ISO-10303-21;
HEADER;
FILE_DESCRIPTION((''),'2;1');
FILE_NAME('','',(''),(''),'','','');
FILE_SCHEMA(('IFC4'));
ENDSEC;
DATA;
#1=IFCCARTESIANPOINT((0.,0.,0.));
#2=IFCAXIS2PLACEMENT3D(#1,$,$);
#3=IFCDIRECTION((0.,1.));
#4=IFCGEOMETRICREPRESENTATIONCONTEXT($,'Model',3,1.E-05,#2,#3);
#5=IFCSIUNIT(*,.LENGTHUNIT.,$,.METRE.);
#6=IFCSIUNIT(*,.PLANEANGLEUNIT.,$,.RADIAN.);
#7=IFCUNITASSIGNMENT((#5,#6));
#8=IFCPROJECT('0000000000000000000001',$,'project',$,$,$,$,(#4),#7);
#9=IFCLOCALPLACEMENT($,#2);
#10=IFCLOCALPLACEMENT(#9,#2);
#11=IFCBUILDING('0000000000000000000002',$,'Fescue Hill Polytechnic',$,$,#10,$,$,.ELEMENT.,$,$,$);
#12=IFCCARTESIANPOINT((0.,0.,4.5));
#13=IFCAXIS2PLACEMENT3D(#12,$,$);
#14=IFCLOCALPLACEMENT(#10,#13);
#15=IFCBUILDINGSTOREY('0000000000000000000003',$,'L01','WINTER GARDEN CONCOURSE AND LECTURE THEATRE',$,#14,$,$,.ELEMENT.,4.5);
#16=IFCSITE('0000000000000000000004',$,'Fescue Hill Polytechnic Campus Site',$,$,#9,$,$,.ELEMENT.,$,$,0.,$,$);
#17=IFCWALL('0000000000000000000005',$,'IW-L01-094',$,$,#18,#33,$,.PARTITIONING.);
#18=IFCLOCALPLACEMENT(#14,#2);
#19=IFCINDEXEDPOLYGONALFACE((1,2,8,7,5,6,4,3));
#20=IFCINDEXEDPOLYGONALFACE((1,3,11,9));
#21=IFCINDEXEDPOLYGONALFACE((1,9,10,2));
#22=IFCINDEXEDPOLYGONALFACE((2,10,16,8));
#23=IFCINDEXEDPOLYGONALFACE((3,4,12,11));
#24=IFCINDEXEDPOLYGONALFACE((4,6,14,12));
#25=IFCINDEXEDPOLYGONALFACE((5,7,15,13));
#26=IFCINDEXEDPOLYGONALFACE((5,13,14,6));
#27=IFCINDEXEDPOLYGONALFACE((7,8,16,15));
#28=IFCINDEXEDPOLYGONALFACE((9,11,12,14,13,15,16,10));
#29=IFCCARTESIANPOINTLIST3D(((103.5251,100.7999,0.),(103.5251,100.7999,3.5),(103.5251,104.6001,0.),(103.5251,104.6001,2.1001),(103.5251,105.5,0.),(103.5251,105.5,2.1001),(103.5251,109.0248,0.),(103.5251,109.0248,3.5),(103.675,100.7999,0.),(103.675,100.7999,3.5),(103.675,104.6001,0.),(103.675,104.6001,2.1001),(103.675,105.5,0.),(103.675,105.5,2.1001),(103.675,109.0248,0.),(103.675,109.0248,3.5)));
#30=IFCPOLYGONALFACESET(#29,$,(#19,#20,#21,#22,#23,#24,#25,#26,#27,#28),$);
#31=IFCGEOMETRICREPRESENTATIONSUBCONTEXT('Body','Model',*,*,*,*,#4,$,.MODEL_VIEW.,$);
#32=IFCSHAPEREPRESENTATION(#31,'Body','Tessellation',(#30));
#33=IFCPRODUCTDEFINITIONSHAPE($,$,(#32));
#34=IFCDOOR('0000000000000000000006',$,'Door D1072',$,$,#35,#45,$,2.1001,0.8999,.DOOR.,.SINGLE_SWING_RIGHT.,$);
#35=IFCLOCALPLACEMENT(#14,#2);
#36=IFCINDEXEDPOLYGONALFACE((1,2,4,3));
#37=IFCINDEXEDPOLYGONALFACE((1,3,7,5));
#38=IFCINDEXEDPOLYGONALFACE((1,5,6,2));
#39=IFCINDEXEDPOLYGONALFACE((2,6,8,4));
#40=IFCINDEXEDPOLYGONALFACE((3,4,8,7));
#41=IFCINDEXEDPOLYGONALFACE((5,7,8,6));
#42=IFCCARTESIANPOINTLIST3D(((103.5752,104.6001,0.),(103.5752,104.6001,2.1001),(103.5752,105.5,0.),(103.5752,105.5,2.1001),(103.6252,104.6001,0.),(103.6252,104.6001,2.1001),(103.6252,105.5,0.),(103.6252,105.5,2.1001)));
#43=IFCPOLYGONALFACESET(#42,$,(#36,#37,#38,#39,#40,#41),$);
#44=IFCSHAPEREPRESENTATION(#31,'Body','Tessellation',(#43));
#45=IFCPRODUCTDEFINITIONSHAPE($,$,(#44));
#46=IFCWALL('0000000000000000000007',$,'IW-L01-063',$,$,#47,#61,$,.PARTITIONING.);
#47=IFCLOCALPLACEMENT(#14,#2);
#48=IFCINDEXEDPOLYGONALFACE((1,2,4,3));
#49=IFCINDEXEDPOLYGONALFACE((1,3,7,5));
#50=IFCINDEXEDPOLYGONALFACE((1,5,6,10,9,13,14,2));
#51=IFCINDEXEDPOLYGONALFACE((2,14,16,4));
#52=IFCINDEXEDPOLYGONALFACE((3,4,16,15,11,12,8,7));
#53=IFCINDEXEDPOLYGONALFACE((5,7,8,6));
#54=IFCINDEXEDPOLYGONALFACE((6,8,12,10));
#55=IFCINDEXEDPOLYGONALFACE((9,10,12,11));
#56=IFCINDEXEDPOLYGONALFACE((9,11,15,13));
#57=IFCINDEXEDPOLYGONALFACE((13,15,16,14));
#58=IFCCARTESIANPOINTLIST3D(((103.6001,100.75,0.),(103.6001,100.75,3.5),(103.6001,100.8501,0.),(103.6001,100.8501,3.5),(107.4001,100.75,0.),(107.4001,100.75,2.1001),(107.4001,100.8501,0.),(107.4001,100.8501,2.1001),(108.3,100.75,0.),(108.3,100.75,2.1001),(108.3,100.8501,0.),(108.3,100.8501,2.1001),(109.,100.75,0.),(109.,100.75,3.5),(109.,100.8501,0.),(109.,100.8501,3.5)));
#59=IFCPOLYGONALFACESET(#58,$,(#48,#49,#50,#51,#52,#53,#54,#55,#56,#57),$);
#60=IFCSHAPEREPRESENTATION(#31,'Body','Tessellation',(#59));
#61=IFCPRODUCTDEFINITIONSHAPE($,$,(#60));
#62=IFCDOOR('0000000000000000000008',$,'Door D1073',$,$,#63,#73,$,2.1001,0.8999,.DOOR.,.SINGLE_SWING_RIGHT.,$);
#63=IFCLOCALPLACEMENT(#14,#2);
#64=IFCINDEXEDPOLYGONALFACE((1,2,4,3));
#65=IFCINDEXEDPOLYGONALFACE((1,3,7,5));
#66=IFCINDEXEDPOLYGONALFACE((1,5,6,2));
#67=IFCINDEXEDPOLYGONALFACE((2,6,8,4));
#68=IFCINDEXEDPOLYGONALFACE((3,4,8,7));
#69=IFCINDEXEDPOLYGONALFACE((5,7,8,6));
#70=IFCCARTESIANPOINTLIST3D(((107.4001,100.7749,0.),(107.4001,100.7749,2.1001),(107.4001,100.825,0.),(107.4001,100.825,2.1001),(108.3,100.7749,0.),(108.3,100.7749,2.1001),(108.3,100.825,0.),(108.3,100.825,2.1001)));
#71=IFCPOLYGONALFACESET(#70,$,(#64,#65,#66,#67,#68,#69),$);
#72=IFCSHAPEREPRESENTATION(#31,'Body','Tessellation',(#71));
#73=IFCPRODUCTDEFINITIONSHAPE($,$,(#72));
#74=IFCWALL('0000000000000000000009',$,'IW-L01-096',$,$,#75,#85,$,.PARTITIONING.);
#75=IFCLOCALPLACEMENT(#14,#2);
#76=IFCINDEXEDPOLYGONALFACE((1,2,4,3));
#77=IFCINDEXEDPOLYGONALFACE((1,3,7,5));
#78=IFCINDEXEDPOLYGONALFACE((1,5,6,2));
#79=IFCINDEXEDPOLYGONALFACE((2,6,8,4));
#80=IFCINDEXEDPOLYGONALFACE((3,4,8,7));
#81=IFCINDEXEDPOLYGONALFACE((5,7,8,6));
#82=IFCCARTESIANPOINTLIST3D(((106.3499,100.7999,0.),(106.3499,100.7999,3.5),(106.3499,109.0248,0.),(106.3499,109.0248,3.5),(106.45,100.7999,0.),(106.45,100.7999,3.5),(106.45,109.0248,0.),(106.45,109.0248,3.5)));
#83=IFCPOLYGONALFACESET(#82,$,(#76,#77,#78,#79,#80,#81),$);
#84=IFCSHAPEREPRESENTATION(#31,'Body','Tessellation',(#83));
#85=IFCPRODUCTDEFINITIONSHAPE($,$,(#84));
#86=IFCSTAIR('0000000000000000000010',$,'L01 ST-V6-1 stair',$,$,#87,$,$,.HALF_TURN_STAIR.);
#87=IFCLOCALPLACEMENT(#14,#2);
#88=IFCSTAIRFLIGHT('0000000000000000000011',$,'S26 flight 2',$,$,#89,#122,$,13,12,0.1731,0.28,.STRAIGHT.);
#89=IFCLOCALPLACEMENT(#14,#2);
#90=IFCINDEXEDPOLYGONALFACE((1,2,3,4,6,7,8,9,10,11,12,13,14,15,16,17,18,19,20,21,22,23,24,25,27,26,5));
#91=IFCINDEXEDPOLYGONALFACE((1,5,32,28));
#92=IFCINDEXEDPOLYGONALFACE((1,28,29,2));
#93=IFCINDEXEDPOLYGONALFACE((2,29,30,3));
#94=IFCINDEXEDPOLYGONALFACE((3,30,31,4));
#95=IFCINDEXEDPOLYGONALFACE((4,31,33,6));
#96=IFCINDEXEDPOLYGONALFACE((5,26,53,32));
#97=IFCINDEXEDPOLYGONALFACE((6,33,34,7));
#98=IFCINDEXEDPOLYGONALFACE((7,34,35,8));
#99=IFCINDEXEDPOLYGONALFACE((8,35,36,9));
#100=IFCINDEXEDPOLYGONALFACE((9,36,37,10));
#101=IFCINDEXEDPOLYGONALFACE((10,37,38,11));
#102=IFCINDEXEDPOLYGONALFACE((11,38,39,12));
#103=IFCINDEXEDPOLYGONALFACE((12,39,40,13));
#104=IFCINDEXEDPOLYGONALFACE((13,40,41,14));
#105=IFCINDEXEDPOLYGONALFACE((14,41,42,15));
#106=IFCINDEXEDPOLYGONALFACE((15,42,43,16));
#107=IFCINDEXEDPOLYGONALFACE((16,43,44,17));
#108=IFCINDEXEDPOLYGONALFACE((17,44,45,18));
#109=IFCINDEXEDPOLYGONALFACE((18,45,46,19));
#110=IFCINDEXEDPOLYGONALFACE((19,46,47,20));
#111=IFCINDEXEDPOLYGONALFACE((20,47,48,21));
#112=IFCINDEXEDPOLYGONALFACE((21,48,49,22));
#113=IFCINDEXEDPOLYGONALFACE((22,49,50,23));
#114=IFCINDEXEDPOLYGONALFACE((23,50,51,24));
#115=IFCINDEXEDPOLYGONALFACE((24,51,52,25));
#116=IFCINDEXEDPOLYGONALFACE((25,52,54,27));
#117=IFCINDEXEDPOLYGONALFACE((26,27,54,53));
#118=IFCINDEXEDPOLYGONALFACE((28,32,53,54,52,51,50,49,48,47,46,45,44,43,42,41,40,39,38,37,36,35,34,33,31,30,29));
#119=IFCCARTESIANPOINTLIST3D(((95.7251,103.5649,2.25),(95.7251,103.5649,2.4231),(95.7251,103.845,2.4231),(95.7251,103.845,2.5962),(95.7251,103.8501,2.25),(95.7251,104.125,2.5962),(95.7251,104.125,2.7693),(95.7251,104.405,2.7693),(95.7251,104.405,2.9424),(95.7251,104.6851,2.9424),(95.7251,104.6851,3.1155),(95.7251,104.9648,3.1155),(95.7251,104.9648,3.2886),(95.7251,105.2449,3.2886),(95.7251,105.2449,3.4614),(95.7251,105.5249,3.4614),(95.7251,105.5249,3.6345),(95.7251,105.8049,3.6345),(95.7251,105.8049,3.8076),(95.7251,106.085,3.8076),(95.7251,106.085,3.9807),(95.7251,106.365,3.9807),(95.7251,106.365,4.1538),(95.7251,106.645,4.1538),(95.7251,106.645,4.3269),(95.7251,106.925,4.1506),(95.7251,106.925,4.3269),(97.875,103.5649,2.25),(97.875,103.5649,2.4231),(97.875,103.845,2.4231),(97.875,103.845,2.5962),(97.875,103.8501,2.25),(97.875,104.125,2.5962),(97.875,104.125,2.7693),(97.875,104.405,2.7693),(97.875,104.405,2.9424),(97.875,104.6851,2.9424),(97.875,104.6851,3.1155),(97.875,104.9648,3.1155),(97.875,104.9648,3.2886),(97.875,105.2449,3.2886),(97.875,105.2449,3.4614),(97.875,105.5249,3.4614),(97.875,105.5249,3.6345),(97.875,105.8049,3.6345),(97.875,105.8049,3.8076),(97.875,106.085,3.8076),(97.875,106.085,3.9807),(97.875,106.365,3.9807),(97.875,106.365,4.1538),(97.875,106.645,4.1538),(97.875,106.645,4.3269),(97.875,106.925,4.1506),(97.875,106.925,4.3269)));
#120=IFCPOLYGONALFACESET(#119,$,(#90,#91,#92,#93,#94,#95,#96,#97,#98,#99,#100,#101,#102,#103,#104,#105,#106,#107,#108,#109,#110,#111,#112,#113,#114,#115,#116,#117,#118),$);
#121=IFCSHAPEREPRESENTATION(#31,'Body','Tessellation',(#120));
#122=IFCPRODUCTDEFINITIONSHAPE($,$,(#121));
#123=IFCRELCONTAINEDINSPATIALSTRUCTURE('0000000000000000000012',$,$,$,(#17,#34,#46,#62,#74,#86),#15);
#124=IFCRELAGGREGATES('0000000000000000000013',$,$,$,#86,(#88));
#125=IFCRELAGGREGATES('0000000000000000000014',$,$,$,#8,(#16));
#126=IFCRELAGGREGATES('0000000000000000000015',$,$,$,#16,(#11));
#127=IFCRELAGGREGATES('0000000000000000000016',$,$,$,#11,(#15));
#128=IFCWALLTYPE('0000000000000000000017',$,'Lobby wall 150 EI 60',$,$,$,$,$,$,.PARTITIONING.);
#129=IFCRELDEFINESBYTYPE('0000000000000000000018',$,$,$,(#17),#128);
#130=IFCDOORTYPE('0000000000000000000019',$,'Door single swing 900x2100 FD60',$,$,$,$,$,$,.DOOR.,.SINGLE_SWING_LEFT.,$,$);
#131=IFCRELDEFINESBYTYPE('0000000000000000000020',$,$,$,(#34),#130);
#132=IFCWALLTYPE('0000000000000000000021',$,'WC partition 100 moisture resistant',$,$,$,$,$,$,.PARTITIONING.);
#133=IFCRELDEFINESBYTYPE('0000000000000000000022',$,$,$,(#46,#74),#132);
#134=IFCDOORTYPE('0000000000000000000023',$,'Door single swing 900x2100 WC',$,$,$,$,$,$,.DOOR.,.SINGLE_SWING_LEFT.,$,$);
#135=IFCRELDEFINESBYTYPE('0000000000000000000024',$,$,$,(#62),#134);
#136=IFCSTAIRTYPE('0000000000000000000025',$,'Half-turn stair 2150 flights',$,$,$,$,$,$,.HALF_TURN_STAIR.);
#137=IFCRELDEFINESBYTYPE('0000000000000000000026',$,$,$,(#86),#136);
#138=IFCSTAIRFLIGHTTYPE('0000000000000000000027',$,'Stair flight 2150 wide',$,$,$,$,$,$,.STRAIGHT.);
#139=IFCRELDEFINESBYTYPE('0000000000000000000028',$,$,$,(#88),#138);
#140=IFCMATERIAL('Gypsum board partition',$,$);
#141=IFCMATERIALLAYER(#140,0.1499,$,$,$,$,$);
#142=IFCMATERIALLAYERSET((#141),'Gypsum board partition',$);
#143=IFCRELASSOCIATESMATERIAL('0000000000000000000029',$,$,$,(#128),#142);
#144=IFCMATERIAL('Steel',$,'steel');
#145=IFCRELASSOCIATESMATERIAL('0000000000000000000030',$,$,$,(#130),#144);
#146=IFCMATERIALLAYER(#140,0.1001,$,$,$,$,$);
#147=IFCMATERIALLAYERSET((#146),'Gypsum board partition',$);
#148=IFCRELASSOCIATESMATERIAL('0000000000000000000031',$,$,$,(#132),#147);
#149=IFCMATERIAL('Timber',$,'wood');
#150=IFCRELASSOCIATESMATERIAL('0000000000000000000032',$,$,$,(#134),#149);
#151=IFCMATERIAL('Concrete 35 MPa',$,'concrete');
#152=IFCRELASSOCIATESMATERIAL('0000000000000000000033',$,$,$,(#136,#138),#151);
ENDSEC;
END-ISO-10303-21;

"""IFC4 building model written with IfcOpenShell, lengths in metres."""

from ifc_helpers import new_model, si_unit, direction, frame, frame_2d, origin, place, context, subcontext, project, spatial, polyline, rectangle, outline, extrude, material, layer, layer_set, type_object, element, fill, aggregate, save


model = new_model("IFC4")

# Units and contexts
model_context = context("Model", 3, precision=1e-05, world=origin(), true_north=direction((0.0, 1.0)))
body_context = subcontext(model_context, "Body", "Model", "MODEL_VIEW")
ifc_project = project(units=[si_unit("LENGTHUNIT", "METRE"), si_unit("PLANEANGLEUNIT", "RADIAN")], contexts=[model_context])

# Site, building, storey
site_placement = place(None, origin())
site = spatial("IfcSite", under=ifc_project, at=site_placement, Name="Fescue Hill Polytechnic Campus Site", CompositionType="ELEMENT", RefElevation=0.0)
building_placement = place(site_placement, origin())
building = spatial("IfcBuilding", under=site, at=building_placement, Name="Fescue Hill Polytechnic", CompositionType="ELEMENT")
storey_placement = place(building_placement, frame((0.0, 0.0, 4.5)))
storey = spatial("IfcBuildingStorey", under=building, at=storey_placement, Name="L01", Description="WINTER GARDEN CONCOURSE AND LECTURE THEATRE", CompositionType="ELEMENT", Elevation=4.5)

# Walls, openings, doors
ifc_material_1 = material(Name="Gypsum board partition")
ifc_layer_1 = layer(ifc_material_1, 0.1499)
ifc_layer_set_1 = layer_set([ifc_layer_1], Name="Gypsum board partition")
wall_type_1 = type_object("IfcWallType", Name="Lobby wall 150 EI 60", PredefinedType="PARTITIONING", material=ifc_layer_set_1)
ifc_material_2 = material(Name="Steel", Category="steel")
wall_1_placement = place(storey_placement, frame((103.6001, 100.8, 0.0), z_axis=(0.0, 0.0, 1.0), x_axis=(0.0, 1.0, 0.0)))
wall_1 = element("IfcWall", 1, at=wall_1_placement, inside=storey, type_object=wall_type_1, Name="IW-L01-094", PredefinedType="PARTITIONING", context=body_context, shape_type="SweptSolid", body=[
    extrude(rectangle(XDim=8.2249, YDim=0.1499, at=frame_2d((4.1123, 0.0))), origin(), (0.0, 0.0, 1.0), 3.5),
])
opening_1_placement = place(wall_1_placement, frame((3.8, 0.0, 0.0)))
opening_1 = element("IfcOpeningElement", 2, at=opening_1_placement, cuts=wall_1, PredefinedType="OPENING", context=body_context, shape_type="SweptSolid", body=[
    extrude(rectangle(XDim=0.8999, YDim=2.1001, at=frame_2d((0.45, 1.05))), frame((0.0, 0.085, 0.0), z_axis=(0.0, -1.0, 0.0), x_axis=(1.0, 0.0, 0.0)), (0.0, 0.0, 1.0), 0.1699),
])
door_type_1 = type_object("IfcDoorType", Name="Door single swing 900x2100 FD60", OperationType="SINGLE_SWING_LEFT", PredefinedType="DOOR", material=ifc_material_2)
door_1_placement = place(opening_1_placement, origin())
door_1 = element("IfcDoor", 3, at=door_1_placement, inside=storey, type_object=door_type_1, Name="Door D1072", OperationType="SINGLE_SWING_RIGHT", OverallHeight=2.1001, OverallWidth=0.8999, PredefinedType="DOOR", context=body_context, shape_type="SweptSolid", body=[
    extrude(rectangle(XDim=0.8999, YDim=2.1001, at=frame_2d((0.45, 1.05))), frame((0.0, 0.0249, 0.0), z_axis=(0.0, -1.0, 0.0), x_axis=(1.0, 0.0, 0.0)), (0.0, 0.0, 1.0), 0.05),
])
fill(opening_1, door_1)
ifc_layer_2 = layer(ifc_material_1, 0.1001)
ifc_layer_set_2 = layer_set([ifc_layer_2], Name="Gypsum board partition")
wall_type_2 = type_object("IfcWallType", Name="WC partition 100 moisture resistant", PredefinedType="PARTITIONING", material=ifc_layer_set_2)
wall_2_placement = place(storey_placement, frame((103.6001, 100.8, 0.0), z_axis=(0.0, 0.0, 1.0), x_axis=(1.0, 0.0, 0.0)))
wall_2 = element("IfcWall", 4, at=wall_2_placement, inside=storey, type_object=wall_type_2, Name="IW-L01-063", PredefinedType="PARTITIONING", context=body_context, shape_type="SweptSolid", body=[
    extrude(rectangle(XDim=5.3999, YDim=0.1001, at=frame_2d((2.7, 0.0))), origin(), (0.0, 0.0, 1.0), 3.5),
])
opening_2_placement = place(wall_2_placement, frame((3.8, 0.0, 0.0)))
opening_2 = element("IfcOpeningElement", 5, at=opening_2_placement, cuts=wall_2, PredefinedType="OPENING", context=body_context, shape_type="SweptSolid", body=[
    extrude(rectangle(XDim=0.8999, YDim=2.1001, at=frame_2d((0.45, 1.05))), frame((0.0, 0.0601, 0.0), z_axis=(0.0, -1.0, 0.0), x_axis=(1.0, 0.0, 0.0)), (0.0, 0.0, 1.0), 0.1201),
])
ifc_material_3 = material(Name="Timber", Category="wood")
door_type_2 = type_object("IfcDoorType", Name="Door single swing 900x2100 WC", OperationType="SINGLE_SWING_LEFT", PredefinedType="DOOR", material=ifc_material_3)
door_2_placement = place(opening_2_placement, origin())
door_2 = element("IfcDoor", 6, at=door_2_placement, inside=storey, type_object=door_type_2, Name="Door D1073", OperationType="SINGLE_SWING_RIGHT", OverallHeight=2.1001, OverallWidth=0.8999, PredefinedType="DOOR", context=body_context, shape_type="SweptSolid", body=[
    extrude(rectangle(XDim=0.8999, YDim=2.1001, at=frame_2d((0.45, 1.05))), frame((0.0, 0.0249, 0.0), z_axis=(0.0, -1.0, 0.0), x_axis=(1.0, 0.0, 0.0)), (0.0, 0.0, 1.0), 0.05),
])
fill(opening_2, door_2)

# Wall
wall_3_placement = place(storey_placement, frame((106.3999, 100.8, 0.0), z_axis=(0.0, 0.0, 1.0), x_axis=(0.0, 1.0, 0.0)))
element("IfcWall", 7, at=wall_3_placement, inside=storey, type_object=wall_type_2, Name="IW-L01-096", PredefinedType="PARTITIONING", context=body_context, shape_type="SweptSolid", body=[
    extrude(rectangle(XDim=8.2249, YDim=0.1001, at=frame_2d((4.1123, 0.0))), origin(), (0.0, 0.0, 1.0), 3.5),
])

# Stair, stair flight
ifc_material_4 = material(Name="Concrete 35 MPa", Category="concrete")
stair_type = type_object("IfcStairType", Name="Half-turn stair 2150 flights", PredefinedType="HALF_TURN_STAIR", material=ifc_material_4)
stair_placement = place(storey_placement, origin())
stair = element("IfcStair", 8, at=stair_placement, inside=storey, type_object=stair_type, Name="L01 ST-V6-1 stair", PredefinedType="HALF_TURN_STAIR")
stair_flight_type = type_object("IfcStairFlightType", Name="Stair flight 2150 wide", PredefinedType="STRAIGHT", material=ifc_material_4)
stair_flight_placement = place(storey_placement, frame((96.8, 103.5649, 2.25), z_axis=(0.0, 0.0, 1.0), x_axis=(0.0, 1.0, 0.0)))
stair_flight = element("IfcStairFlight", 9, at=stair_flight_placement, type_object=stair_flight_type, Name="S26 flight 2", NumberOfRisers=13, NumberOfTreads=12, PredefinedType="STRAIGHT", RiserHeight=0.1731, TreadLength=0.28, context=body_context, shape_type="SweptSolid", body=[
    extrude(outline(polyline([(0.0, 0.0), (0.0, 0.1731), (0.28, 0.1731), (0.28, 0.3462), (0.5601, 0.3462), (0.5601, 0.5193), (0.8401, 0.5193), (0.8401, 0.6924), (1.1201, 0.6924), (1.1201, 0.8655), (1.3999, 0.8655), (1.3999, 1.0386), (1.6799, 1.0386), (1.6799, 1.2114), (1.96, 1.2114), (1.96, 1.3845), (2.24, 1.3845), (2.24, 1.5576), (2.52, 1.5576), (2.52, 1.7307), (2.8, 1.7307), (2.8, 1.9038), (3.0801, 1.9038), (3.0801, 2.0769), (3.3601, 2.0769), (3.3601, 2.25), (3.3601, 1.9006), (0.2852, 0.0), (0.0, 0.0)])), frame((0.0, 1.075, 0.0), z_axis=(0.0, -1.0, 0.0), x_axis=(1.0, 0.0, 0.0)), (0.0, 0.0, 1.0), 2.1499),
])
aggregate(stair, [stair_flight])

save(model, "model.ifc")
